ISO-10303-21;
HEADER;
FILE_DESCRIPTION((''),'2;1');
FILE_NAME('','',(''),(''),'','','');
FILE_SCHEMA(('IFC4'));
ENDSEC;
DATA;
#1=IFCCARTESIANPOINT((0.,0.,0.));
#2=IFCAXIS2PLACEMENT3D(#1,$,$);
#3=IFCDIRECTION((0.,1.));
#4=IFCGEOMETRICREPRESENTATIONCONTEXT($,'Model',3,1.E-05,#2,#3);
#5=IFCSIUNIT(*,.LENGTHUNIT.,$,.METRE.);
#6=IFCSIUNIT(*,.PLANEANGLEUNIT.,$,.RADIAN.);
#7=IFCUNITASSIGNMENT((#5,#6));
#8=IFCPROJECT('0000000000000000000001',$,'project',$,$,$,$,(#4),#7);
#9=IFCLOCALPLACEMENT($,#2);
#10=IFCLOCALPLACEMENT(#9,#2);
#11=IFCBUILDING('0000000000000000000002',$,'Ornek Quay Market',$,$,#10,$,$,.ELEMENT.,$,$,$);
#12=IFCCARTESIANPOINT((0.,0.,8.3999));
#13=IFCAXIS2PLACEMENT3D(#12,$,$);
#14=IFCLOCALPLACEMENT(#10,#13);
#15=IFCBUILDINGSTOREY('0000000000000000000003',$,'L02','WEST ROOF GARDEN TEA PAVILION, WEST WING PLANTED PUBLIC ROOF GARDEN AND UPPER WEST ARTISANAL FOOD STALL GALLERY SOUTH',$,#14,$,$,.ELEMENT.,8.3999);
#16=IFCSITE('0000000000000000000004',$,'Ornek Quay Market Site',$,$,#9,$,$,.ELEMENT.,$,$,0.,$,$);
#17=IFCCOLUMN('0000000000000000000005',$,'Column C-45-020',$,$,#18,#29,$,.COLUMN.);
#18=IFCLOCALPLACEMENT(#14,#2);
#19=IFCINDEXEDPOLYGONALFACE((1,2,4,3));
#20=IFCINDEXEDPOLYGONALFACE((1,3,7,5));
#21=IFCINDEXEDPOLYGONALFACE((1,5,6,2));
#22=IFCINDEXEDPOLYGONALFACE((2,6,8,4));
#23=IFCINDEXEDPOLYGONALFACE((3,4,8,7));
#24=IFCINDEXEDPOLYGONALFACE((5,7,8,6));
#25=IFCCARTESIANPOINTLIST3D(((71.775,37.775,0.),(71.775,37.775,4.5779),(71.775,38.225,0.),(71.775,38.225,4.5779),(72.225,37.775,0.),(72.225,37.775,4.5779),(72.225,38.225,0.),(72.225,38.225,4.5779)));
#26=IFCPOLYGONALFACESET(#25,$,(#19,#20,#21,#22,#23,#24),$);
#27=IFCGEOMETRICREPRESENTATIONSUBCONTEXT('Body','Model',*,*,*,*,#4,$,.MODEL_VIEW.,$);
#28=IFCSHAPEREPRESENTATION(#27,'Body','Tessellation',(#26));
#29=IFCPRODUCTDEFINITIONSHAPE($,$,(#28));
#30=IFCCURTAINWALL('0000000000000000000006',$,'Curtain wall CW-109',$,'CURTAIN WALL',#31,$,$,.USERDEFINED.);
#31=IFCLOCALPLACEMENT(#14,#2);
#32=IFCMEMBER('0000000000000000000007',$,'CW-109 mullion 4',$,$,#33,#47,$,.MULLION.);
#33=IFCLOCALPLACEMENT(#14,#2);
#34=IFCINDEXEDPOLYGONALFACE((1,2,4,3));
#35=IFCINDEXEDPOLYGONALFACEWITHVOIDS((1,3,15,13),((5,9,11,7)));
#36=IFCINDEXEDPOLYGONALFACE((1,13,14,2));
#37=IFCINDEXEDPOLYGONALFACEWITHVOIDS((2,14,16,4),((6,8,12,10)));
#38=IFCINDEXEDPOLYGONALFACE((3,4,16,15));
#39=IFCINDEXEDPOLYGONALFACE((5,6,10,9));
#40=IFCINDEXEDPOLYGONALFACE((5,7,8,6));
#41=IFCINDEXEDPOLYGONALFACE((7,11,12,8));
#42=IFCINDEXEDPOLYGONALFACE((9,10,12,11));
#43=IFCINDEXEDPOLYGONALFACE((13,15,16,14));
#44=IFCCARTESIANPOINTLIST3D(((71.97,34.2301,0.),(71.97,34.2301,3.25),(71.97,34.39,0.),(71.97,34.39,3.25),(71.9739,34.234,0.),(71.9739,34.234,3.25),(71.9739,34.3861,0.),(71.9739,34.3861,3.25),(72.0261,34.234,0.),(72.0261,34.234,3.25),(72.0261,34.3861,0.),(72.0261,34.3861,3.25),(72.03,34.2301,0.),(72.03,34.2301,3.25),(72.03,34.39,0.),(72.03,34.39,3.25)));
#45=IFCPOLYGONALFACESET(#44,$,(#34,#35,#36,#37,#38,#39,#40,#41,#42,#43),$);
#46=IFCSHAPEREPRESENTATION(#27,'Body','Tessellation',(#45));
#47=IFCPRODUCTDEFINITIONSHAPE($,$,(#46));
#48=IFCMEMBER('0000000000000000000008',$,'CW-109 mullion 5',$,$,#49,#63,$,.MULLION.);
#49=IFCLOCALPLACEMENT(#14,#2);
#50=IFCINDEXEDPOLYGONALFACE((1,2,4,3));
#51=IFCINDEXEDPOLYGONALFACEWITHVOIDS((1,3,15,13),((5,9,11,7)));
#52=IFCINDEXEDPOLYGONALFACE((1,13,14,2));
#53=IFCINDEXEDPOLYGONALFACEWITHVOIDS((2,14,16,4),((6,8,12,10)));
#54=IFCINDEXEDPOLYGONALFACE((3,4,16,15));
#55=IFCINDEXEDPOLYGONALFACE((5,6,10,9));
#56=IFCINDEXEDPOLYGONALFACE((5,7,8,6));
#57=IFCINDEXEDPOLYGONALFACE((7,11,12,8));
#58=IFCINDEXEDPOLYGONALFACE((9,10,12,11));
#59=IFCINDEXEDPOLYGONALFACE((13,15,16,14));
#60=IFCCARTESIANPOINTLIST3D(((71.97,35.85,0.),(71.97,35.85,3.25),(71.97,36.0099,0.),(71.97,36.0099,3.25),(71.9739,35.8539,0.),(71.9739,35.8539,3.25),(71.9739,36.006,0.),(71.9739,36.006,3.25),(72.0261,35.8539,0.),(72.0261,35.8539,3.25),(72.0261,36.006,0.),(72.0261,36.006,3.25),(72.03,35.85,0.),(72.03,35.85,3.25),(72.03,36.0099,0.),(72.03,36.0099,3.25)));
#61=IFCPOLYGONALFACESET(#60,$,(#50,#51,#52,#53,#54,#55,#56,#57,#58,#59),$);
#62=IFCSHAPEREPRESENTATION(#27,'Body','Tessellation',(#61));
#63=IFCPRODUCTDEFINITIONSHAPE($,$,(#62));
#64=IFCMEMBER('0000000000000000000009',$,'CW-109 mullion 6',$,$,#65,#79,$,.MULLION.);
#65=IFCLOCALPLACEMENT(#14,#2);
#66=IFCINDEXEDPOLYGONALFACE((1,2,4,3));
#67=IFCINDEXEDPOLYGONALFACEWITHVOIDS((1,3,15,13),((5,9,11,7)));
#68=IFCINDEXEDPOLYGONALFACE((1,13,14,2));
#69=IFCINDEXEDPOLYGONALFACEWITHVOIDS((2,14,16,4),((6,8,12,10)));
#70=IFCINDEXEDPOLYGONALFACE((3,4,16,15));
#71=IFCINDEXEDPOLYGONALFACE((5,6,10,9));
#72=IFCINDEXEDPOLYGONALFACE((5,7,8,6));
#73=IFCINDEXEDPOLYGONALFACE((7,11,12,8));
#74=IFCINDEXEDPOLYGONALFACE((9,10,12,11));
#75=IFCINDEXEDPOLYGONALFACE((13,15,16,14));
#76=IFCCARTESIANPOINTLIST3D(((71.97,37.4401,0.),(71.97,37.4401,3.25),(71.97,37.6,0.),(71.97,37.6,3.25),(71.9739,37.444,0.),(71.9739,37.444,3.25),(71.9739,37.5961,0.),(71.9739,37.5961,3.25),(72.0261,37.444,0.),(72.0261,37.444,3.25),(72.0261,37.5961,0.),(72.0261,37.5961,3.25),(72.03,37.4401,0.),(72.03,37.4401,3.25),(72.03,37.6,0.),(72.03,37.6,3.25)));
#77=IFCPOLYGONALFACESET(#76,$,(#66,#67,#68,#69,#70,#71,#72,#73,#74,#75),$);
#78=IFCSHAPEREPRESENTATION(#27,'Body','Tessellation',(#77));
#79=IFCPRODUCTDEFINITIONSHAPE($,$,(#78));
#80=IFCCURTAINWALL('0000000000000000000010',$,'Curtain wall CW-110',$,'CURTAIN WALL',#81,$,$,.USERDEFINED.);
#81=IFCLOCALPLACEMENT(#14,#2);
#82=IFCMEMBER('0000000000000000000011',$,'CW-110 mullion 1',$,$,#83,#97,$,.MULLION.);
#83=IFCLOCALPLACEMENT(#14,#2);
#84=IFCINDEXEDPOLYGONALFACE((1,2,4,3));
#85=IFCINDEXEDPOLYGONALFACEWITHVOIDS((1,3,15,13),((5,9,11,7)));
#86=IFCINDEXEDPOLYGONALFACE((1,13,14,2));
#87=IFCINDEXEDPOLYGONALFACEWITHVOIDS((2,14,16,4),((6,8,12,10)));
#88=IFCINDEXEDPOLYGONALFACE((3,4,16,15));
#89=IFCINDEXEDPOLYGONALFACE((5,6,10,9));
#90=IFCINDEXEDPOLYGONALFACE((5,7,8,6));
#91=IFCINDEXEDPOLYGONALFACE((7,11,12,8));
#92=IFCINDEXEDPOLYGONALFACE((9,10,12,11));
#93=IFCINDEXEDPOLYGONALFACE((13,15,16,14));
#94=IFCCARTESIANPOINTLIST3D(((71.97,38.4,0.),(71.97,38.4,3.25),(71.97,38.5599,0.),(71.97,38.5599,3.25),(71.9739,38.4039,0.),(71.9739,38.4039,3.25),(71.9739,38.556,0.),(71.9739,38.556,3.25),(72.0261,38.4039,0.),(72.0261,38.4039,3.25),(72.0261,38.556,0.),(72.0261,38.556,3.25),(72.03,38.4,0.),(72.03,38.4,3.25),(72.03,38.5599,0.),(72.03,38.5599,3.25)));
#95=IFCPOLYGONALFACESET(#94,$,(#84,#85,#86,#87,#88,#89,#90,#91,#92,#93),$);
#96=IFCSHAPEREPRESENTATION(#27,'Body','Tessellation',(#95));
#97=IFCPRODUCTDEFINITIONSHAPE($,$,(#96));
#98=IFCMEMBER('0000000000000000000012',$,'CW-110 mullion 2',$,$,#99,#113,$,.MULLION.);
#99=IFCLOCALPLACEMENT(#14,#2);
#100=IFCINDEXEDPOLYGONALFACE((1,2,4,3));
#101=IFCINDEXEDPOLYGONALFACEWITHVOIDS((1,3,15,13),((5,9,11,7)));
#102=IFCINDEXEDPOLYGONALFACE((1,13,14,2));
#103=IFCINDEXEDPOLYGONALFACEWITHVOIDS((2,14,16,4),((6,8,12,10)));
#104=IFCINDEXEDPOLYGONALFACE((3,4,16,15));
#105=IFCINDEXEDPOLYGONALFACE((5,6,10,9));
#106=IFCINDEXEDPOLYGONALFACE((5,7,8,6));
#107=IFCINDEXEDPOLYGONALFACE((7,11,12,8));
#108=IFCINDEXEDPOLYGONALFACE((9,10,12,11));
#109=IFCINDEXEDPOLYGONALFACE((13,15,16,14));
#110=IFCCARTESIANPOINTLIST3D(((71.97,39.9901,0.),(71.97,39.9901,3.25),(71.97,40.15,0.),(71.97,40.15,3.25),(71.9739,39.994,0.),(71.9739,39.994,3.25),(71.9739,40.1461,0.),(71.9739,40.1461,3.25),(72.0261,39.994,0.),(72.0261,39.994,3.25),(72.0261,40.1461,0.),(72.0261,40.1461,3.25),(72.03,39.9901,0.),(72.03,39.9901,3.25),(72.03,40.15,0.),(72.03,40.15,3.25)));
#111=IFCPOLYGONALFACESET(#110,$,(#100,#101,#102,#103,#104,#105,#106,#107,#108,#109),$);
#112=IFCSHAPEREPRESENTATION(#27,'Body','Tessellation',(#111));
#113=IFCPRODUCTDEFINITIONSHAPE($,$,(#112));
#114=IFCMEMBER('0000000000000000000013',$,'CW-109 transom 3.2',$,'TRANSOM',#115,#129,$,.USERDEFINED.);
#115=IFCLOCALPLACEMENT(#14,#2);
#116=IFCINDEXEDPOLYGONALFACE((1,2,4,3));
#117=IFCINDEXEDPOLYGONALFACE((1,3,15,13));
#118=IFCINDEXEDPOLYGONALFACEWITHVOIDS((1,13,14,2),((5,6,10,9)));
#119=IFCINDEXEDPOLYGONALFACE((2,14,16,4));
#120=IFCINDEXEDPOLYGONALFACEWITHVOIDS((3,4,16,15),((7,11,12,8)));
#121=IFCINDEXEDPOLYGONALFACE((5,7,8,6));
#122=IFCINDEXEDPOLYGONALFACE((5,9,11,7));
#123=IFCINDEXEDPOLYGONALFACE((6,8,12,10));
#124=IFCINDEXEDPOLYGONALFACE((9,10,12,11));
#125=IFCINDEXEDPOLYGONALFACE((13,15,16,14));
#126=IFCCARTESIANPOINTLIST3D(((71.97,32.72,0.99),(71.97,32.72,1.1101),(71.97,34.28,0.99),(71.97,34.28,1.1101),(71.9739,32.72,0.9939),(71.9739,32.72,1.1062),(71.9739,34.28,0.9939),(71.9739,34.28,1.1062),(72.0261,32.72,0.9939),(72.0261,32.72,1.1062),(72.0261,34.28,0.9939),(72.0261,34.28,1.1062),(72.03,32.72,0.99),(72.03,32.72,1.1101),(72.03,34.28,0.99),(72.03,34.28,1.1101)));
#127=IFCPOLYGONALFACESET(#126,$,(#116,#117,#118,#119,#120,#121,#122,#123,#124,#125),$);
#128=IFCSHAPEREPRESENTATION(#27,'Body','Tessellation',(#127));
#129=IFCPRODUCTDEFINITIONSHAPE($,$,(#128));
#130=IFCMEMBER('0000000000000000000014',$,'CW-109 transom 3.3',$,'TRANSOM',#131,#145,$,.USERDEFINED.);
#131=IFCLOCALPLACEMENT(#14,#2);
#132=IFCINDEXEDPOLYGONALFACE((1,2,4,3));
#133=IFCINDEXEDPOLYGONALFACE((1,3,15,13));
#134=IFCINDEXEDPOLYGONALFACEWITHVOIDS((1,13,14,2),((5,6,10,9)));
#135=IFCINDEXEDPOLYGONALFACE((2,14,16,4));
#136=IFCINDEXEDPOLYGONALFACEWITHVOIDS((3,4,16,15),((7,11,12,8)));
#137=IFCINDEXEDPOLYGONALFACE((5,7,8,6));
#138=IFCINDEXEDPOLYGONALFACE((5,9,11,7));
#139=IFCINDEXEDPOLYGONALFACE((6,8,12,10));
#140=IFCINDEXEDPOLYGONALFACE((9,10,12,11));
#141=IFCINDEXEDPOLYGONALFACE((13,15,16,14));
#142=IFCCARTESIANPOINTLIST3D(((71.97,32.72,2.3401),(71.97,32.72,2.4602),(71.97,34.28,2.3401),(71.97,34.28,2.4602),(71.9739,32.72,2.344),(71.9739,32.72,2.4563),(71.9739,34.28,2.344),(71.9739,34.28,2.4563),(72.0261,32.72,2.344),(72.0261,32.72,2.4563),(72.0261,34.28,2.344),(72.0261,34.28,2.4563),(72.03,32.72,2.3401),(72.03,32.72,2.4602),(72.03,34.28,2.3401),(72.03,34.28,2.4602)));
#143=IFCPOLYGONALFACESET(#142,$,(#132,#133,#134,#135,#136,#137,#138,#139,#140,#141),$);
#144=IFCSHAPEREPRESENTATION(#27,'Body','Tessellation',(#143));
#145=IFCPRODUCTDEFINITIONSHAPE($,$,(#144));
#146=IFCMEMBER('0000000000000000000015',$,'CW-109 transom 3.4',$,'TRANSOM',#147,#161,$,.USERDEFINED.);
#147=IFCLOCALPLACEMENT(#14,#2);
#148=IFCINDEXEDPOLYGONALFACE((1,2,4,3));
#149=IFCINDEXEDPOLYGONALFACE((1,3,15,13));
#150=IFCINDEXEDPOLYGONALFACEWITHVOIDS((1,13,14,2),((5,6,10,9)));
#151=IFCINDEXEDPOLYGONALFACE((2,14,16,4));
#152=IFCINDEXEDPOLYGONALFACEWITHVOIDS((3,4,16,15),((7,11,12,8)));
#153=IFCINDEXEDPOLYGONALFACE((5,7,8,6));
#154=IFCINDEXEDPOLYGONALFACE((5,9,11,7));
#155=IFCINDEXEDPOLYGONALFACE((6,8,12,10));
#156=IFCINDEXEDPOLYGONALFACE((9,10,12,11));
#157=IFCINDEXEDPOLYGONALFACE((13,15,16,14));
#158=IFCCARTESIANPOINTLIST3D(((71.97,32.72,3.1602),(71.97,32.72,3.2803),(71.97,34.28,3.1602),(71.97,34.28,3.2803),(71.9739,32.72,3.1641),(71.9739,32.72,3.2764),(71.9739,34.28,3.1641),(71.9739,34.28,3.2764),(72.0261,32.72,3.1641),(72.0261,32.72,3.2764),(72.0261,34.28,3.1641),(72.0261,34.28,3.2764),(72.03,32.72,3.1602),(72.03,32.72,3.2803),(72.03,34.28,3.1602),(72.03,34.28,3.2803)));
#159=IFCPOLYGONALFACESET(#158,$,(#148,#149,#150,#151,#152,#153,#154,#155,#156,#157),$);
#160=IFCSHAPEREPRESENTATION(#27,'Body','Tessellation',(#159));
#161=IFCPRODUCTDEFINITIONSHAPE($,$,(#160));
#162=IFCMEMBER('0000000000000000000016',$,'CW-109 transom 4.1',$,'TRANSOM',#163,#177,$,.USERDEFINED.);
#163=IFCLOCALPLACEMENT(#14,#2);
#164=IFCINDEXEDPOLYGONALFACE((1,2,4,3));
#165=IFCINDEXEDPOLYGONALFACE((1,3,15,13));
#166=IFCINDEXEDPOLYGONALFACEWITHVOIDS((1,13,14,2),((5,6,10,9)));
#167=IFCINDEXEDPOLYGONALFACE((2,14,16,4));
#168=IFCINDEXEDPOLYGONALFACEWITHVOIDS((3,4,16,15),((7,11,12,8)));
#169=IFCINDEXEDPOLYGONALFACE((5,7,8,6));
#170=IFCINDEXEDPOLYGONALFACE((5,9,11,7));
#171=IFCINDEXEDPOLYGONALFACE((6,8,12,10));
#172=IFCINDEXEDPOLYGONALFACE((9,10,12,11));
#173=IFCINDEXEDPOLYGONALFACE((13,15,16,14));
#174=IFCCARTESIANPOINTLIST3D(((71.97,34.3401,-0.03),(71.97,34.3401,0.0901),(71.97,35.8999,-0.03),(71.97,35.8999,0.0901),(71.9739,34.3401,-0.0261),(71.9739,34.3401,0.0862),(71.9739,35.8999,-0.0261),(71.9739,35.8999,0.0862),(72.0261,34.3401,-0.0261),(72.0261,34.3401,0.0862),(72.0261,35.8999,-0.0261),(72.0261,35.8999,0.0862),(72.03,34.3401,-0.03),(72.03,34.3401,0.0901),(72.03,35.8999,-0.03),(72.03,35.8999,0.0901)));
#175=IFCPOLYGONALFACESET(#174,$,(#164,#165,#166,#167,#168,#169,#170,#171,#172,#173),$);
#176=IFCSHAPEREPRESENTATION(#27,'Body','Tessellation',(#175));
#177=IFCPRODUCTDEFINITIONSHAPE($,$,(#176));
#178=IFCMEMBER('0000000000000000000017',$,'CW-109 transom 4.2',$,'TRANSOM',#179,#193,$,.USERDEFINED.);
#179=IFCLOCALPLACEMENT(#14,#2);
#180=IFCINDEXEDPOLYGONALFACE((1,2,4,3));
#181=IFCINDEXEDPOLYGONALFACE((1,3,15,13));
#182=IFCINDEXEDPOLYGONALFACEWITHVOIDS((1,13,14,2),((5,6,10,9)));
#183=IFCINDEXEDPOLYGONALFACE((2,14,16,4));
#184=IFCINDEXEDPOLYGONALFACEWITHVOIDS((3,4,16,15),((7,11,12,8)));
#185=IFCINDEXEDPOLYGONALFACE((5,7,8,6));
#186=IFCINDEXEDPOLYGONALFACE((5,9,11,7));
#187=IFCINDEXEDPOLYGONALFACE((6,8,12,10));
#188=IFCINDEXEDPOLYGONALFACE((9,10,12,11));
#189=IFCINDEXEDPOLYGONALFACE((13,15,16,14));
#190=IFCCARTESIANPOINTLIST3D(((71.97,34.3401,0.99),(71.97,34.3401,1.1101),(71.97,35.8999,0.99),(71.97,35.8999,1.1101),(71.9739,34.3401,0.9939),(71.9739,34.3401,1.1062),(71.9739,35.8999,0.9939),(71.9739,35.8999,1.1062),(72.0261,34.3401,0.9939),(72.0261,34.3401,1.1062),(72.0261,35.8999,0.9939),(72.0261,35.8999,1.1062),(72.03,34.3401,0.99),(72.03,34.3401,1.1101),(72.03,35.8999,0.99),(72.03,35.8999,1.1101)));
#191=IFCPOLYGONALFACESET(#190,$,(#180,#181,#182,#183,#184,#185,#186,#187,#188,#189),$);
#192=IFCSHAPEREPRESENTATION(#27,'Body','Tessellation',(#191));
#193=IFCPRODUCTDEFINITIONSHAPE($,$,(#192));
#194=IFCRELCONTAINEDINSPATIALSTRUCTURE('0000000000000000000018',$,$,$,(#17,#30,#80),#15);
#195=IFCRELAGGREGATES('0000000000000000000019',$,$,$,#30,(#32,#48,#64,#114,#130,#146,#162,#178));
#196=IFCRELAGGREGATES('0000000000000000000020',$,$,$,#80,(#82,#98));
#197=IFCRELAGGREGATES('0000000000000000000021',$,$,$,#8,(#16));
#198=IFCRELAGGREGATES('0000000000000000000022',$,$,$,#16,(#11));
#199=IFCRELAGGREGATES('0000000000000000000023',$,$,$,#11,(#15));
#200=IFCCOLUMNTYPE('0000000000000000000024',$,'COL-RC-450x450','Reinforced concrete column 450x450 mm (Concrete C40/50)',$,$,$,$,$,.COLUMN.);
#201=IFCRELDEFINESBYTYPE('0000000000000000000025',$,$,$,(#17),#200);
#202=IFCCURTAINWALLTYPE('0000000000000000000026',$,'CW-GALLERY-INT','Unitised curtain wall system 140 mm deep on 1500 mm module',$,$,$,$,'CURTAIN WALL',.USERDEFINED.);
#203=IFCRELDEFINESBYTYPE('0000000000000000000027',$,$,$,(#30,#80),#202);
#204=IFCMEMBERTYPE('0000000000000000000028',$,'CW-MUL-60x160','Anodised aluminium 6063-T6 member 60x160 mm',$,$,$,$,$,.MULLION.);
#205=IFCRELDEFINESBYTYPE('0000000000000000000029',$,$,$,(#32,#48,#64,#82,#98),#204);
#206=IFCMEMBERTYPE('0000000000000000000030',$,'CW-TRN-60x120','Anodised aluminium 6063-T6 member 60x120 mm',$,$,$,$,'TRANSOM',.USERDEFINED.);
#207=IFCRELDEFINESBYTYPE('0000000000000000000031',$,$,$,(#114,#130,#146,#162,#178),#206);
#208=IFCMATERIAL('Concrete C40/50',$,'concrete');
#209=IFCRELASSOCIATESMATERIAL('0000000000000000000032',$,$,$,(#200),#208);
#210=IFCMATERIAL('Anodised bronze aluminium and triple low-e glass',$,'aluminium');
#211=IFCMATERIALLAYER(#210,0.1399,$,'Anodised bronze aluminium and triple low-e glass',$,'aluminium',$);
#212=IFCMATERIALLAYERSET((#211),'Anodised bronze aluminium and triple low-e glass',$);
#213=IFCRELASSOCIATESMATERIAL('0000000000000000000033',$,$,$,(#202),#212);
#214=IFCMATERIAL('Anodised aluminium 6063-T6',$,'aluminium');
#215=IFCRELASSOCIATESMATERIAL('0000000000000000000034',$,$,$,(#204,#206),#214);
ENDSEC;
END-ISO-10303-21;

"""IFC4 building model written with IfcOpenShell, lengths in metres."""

from ifc_helpers import new_model, si_unit, direction, frame, origin, origin_2d, place, context, subcontext, project, spatial, rectangle, hollow_rectangle, extrude, material, layer, layer_set, material_profile, profile_set, type_object, element, aggregate, save


model = new_model("IFC4")

# Units and contexts
model_context = context("Model", 3, precision=1e-05, world=origin(), true_north=direction((0.0, 1.0)))
body_context = subcontext(model_context, "Body", "Model", "MODEL_VIEW")
ifc_project = project(units=[si_unit("LENGTHUNIT", "METRE"), si_unit("PLANEANGLEUNIT", "RADIAN")], contexts=[model_context])

# Site, building, storey
site_placement = place(None, origin())
site = spatial("IfcSite", under=ifc_project, at=site_placement, Name="Ornek Quay Market Site", CompositionType="ELEMENT", RefElevation=0.0)
building_placement = place(site_placement, origin())
building = spatial("IfcBuilding", under=site, at=building_placement, Name="Ornek Quay Market", CompositionType="ELEMENT")
storey_placement = place(building_placement, frame((0.0, 0.0, 8.3999)))
storey = spatial("IfcBuildingStorey", under=building, at=storey_placement, Name="L02", Description="WEST ROOF GARDEN TEA PAVILION, WEST WING PLANTED PUBLIC ROOF GARDEN AND UPPER WEST ARTISANAL FOOD STALL GALLERY SOUTH", CompositionType="ELEMENT", Elevation=8.3999)

# Column
ifc_material_1 = material(Name="Concrete C40/50", Category="concrete")
ifc_material_profile_1 = material_profile(ifc_material_1, rectangle(XDim=0.45, YDim=0.45, at=origin_2d()), Name="RC 450x450", Category="concrete")
ifc_profile_set_1 = profile_set([ifc_material_profile_1], Name="Concrete C40/50")
column_type = type_object("IfcColumnType", Name="COL-RC-450x450", Description="Reinforced concrete column 450x450 mm (Concrete C40/50)", PredefinedType="COLUMN", material=ifc_profile_set_1)
column_placement = place(storey_placement, frame((72.0, 38.0, 0.0), z_axis=(0.0, 0.0, 1.0), x_axis=(1.0, 0.0, 0.0)))
element("IfcColumn", 1, at=column_placement, inside=storey, type_object=column_type, Name="Column C-45-020", PredefinedType="COLUMN", context=body_context, shape_type="SweptSolid", body=[
    extrude(rectangle(XDim=0.45, YDim=0.45, at=origin_2d()), origin(), (0.0, 0.0, 1.0), 4.5779),
])

# Curtain walls, members
ifc_material_2 = material(Name="Anodised bronze aluminium and triple low-e glass", Category="aluminium")
ifc_layer_1 = layer(ifc_material_2, 0.1399, Name="Anodised bronze aluminium and triple low-e glass", Category="aluminium")
ifc_layer_set_1 = layer_set([ifc_layer_1], Name="Anodised bronze aluminium and triple low-e glass")
curtain_wall_type = type_object("IfcCurtainWallType", Name="CW-GALLERY-INT", Description="Unitised curtain wall system 140 mm deep on 1500 mm module", ElementType="CURTAIN WALL", PredefinedType="USERDEFINED", material=ifc_layer_set_1)
curtain_wall_1_placement = place(storey_placement, origin())
curtain_wall_1 = element("IfcCurtainWall", 2, at=curtain_wall_1_placement, inside=storey, type_object=curtain_wall_type, Name="Curtain wall CW-109", ObjectType="CURTAIN WALL", PredefinedType="USERDEFINED")
ifc_material_3 = material(Name="Anodised aluminium 6063-T6", Category="aluminium")
ifc_material_profile_2 = material_profile(ifc_material_3, hollow_rectangle(XDim=0.0601, YDim=0.1599, WallThickness=0.0039, at=origin_2d()), Name="CW-MUL-60x160", Category="aluminium")
ifc_profile_set_2 = profile_set([ifc_material_profile_2], Name="Anodised aluminium 6063-T6")
member_type_1 = type_object("IfcMemberType", Name="CW-MUL-60x160", Description="Anodised aluminium 6063-T6 member 60x160 mm", PredefinedType="MULLION", material=ifc_profile_set_2)
member_1_placement = place(storey_placement, frame((72.0, 34.3101, 0.0), z_axis=(0.0, 0.0, 1.0), x_axis=(-1.0, 0.0, 0.0)))
member_1 = element("IfcMember", 3, at=member_1_placement, type_object=member_type_1, Name="CW-109 mullion 4", PredefinedType="MULLION", context=body_context, shape_type="SweptSolid", body=[
    extrude(hollow_rectangle(XDim=0.0601, YDim=0.1599, WallThickness=0.0039, at=origin_2d()), origin(), (0.0, 0.0, 1.0), 3.25),
])
member_2_placement = place(storey_placement, frame((72.0, 35.9299, 0.0), z_axis=(0.0, 0.0, 1.0), x_axis=(-1.0, 0.0, 0.0)))
member_2 = element("IfcMember", 4, at=member_2_placement, type_object=member_type_1, Name="CW-109 mullion 5", PredefinedType="MULLION", context=body_context, shape_type="SweptSolid", body=[
    extrude(hollow_rectangle(XDim=0.0601, YDim=0.1599, WallThickness=0.0039, at=origin_2d()), origin(), (0.0, 0.0, 1.0), 3.25),
])
member_3_placement = place(storey_placement, frame((72.0, 37.52, 0.0), z_axis=(0.0, 0.0, 1.0), x_axis=(-1.0, 0.0, 0.0)))
member_3 = element("IfcMember", 5, at=member_3_placement, type_object=member_type_1, Name="CW-109 mullion 6", PredefinedType="MULLION", context=body_context, shape_type="SweptSolid", body=[
    extrude(hollow_rectangle(XDim=0.0601, YDim=0.1599, WallThickness=0.0039, at=origin_2d()), origin(), (0.0, 0.0, 1.0), 3.25),
])
curtain_wall_2_placement = place(storey_placement, origin())
curtain_wall_2 = element("IfcCurtainWall", 6, at=curtain_wall_2_placement, inside=storey, type_object=curtain_wall_type, Name="Curtain wall CW-110", ObjectType="CURTAIN WALL", PredefinedType="USERDEFINED")
member_4_placement = place(storey_placement, frame((72.0, 38.48, 0.0), z_axis=(0.0, 0.0, 1.0), x_axis=(-1.0, 0.0, 0.0)))
member_4 = element("IfcMember", 7, at=member_4_placement, type_object=member_type_1, Name="CW-110 mullion 1", PredefinedType="MULLION", context=body_context, shape_type="SweptSolid", body=[
    extrude(hollow_rectangle(XDim=0.0601, YDim=0.1599, WallThickness=0.0039, at=origin_2d()), origin(), (0.0, 0.0, 1.0), 3.25),
])
member_5_placement = place(storey_placement, frame((72.0, 40.0701, 0.0), z_axis=(0.0, 0.0, 1.0), x_axis=(-1.0, 0.0, 0.0)))
member_5 = element("IfcMember", 8, at=member_5_placement, type_object=member_type_1, Name="CW-110 mullion 2", PredefinedType="MULLION", context=body_context, shape_type="SweptSolid", body=[
    extrude(hollow_rectangle(XDim=0.0601, YDim=0.1599, WallThickness=0.0039, at=origin_2d()), origin(), (0.0, 0.0, 1.0), 3.25),
])

# Members
ifc_material_profile_3 = material_profile(ifc_material_3, hollow_rectangle(XDim=0.0601, YDim=0.1201, WallThickness=0.0039, at=origin_2d()), Name="CW-TRN-60x120", Category="aluminium")
ifc_profile_set_3 = profile_set([ifc_material_profile_3], Name="Anodised aluminium 6063-T6")
member_type_2 = type_object("IfcMemberType", Name="CW-TRN-60x120", Description="Anodised aluminium 6063-T6 member 60x120 mm", ElementType="TRANSOM", PredefinedType="USERDEFINED", material=ifc_profile_set_3)
member_6_placement = place(storey_placement, frame((72.0, 32.72, 1.05), z_axis=(0.0, 1.0, 0.0), x_axis=(-1.0, 0.0, 0.0)))
member_6 = element("IfcMember", 9, at=member_6_placement, type_object=member_type_2, Name="CW-109 transom 3.2", ObjectType="TRANSOM", PredefinedType="USERDEFINED", context=body_context, shape_type="SweptSolid", body=[
    extrude(hollow_rectangle(XDim=0.0601, YDim=0.1201, WallThickness=0.0039, at=origin_2d()), origin(), (0.0, 0.0, 1.0), 1.5601),
])
member_7_placement = place(storey_placement, frame((72.0, 32.72, 2.4001), z_axis=(0.0, 1.0, 0.0), x_axis=(-1.0, 0.0, 0.0)))
member_7 = element("IfcMember", 10, at=member_7_placement, type_object=member_type_2, Name="CW-109 transom 3.3", ObjectType="TRANSOM", PredefinedType="USERDEFINED", context=body_context, shape_type="SweptSolid", body=[
    extrude(hollow_rectangle(XDim=0.0601, YDim=0.1201, WallThickness=0.0039, at=origin_2d()), origin(), (0.0, 0.0, 1.0), 1.5601),
])
member_8_placement = place(storey_placement, frame((72.0, 32.72, 3.2202), z_axis=(0.0, 1.0, 0.0), x_axis=(-1.0, 0.0, 0.0)))
member_8 = element("IfcMember", 11, at=member_8_placement, type_object=member_type_2, Name="CW-109 transom 3.4", ObjectType="TRANSOM", PredefinedType="USERDEFINED", context=body_context, shape_type="SweptSolid", body=[
    extrude(hollow_rectangle(XDim=0.0601, YDim=0.1201, WallThickness=0.0039, at=origin_2d()), origin(), (0.0, 0.0, 1.0), 1.5601),
])
member_9_placement = place(storey_placement, frame((72.0, 34.3401, 0.03), z_axis=(0.0, 1.0, 0.0), x_axis=(-1.0, 0.0, 0.0)))
member_9 = element("IfcMember", 12, at=member_9_placement, type_object=member_type_2, Name="CW-109 transom 4.1", ObjectType="TRANSOM", PredefinedType="USERDEFINED", context=body_context, shape_type="SweptSolid", body=[
    extrude(hollow_rectangle(XDim=0.0601, YDim=0.1201, WallThickness=0.0039, at=origin_2d()), origin(), (0.0, 0.0, 1.0), 1.5598),
])
member_10_placement = place(storey_placement, frame((72.0, 34.3401, 1.05), z_axis=(0.0, 1.0, 0.0), x_axis=(-1.0, 0.0, 0.0)))
member_10 = element("IfcMember", 13, at=member_10_placement, type_object=member_type_2, Name="CW-109 transom 4.2", ObjectType="TRANSOM", PredefinedType="USERDEFINED", context=body_context, shape_type="SweptSolid", body=[
    extrude(hollow_rectangle(XDim=0.0601, YDim=0.1201, WallThickness=0.0039, at=origin_2d()), origin(), (0.0, 0.0, 1.0), 1.5598),
])

aggregate(curtain_wall_1, [member_1, member_2, member_3, member_6, member_7, member_8, member_9, member_10])
aggregate(curtain_wall_2, [member_4, member_5])

save(model, "model.ifc")
